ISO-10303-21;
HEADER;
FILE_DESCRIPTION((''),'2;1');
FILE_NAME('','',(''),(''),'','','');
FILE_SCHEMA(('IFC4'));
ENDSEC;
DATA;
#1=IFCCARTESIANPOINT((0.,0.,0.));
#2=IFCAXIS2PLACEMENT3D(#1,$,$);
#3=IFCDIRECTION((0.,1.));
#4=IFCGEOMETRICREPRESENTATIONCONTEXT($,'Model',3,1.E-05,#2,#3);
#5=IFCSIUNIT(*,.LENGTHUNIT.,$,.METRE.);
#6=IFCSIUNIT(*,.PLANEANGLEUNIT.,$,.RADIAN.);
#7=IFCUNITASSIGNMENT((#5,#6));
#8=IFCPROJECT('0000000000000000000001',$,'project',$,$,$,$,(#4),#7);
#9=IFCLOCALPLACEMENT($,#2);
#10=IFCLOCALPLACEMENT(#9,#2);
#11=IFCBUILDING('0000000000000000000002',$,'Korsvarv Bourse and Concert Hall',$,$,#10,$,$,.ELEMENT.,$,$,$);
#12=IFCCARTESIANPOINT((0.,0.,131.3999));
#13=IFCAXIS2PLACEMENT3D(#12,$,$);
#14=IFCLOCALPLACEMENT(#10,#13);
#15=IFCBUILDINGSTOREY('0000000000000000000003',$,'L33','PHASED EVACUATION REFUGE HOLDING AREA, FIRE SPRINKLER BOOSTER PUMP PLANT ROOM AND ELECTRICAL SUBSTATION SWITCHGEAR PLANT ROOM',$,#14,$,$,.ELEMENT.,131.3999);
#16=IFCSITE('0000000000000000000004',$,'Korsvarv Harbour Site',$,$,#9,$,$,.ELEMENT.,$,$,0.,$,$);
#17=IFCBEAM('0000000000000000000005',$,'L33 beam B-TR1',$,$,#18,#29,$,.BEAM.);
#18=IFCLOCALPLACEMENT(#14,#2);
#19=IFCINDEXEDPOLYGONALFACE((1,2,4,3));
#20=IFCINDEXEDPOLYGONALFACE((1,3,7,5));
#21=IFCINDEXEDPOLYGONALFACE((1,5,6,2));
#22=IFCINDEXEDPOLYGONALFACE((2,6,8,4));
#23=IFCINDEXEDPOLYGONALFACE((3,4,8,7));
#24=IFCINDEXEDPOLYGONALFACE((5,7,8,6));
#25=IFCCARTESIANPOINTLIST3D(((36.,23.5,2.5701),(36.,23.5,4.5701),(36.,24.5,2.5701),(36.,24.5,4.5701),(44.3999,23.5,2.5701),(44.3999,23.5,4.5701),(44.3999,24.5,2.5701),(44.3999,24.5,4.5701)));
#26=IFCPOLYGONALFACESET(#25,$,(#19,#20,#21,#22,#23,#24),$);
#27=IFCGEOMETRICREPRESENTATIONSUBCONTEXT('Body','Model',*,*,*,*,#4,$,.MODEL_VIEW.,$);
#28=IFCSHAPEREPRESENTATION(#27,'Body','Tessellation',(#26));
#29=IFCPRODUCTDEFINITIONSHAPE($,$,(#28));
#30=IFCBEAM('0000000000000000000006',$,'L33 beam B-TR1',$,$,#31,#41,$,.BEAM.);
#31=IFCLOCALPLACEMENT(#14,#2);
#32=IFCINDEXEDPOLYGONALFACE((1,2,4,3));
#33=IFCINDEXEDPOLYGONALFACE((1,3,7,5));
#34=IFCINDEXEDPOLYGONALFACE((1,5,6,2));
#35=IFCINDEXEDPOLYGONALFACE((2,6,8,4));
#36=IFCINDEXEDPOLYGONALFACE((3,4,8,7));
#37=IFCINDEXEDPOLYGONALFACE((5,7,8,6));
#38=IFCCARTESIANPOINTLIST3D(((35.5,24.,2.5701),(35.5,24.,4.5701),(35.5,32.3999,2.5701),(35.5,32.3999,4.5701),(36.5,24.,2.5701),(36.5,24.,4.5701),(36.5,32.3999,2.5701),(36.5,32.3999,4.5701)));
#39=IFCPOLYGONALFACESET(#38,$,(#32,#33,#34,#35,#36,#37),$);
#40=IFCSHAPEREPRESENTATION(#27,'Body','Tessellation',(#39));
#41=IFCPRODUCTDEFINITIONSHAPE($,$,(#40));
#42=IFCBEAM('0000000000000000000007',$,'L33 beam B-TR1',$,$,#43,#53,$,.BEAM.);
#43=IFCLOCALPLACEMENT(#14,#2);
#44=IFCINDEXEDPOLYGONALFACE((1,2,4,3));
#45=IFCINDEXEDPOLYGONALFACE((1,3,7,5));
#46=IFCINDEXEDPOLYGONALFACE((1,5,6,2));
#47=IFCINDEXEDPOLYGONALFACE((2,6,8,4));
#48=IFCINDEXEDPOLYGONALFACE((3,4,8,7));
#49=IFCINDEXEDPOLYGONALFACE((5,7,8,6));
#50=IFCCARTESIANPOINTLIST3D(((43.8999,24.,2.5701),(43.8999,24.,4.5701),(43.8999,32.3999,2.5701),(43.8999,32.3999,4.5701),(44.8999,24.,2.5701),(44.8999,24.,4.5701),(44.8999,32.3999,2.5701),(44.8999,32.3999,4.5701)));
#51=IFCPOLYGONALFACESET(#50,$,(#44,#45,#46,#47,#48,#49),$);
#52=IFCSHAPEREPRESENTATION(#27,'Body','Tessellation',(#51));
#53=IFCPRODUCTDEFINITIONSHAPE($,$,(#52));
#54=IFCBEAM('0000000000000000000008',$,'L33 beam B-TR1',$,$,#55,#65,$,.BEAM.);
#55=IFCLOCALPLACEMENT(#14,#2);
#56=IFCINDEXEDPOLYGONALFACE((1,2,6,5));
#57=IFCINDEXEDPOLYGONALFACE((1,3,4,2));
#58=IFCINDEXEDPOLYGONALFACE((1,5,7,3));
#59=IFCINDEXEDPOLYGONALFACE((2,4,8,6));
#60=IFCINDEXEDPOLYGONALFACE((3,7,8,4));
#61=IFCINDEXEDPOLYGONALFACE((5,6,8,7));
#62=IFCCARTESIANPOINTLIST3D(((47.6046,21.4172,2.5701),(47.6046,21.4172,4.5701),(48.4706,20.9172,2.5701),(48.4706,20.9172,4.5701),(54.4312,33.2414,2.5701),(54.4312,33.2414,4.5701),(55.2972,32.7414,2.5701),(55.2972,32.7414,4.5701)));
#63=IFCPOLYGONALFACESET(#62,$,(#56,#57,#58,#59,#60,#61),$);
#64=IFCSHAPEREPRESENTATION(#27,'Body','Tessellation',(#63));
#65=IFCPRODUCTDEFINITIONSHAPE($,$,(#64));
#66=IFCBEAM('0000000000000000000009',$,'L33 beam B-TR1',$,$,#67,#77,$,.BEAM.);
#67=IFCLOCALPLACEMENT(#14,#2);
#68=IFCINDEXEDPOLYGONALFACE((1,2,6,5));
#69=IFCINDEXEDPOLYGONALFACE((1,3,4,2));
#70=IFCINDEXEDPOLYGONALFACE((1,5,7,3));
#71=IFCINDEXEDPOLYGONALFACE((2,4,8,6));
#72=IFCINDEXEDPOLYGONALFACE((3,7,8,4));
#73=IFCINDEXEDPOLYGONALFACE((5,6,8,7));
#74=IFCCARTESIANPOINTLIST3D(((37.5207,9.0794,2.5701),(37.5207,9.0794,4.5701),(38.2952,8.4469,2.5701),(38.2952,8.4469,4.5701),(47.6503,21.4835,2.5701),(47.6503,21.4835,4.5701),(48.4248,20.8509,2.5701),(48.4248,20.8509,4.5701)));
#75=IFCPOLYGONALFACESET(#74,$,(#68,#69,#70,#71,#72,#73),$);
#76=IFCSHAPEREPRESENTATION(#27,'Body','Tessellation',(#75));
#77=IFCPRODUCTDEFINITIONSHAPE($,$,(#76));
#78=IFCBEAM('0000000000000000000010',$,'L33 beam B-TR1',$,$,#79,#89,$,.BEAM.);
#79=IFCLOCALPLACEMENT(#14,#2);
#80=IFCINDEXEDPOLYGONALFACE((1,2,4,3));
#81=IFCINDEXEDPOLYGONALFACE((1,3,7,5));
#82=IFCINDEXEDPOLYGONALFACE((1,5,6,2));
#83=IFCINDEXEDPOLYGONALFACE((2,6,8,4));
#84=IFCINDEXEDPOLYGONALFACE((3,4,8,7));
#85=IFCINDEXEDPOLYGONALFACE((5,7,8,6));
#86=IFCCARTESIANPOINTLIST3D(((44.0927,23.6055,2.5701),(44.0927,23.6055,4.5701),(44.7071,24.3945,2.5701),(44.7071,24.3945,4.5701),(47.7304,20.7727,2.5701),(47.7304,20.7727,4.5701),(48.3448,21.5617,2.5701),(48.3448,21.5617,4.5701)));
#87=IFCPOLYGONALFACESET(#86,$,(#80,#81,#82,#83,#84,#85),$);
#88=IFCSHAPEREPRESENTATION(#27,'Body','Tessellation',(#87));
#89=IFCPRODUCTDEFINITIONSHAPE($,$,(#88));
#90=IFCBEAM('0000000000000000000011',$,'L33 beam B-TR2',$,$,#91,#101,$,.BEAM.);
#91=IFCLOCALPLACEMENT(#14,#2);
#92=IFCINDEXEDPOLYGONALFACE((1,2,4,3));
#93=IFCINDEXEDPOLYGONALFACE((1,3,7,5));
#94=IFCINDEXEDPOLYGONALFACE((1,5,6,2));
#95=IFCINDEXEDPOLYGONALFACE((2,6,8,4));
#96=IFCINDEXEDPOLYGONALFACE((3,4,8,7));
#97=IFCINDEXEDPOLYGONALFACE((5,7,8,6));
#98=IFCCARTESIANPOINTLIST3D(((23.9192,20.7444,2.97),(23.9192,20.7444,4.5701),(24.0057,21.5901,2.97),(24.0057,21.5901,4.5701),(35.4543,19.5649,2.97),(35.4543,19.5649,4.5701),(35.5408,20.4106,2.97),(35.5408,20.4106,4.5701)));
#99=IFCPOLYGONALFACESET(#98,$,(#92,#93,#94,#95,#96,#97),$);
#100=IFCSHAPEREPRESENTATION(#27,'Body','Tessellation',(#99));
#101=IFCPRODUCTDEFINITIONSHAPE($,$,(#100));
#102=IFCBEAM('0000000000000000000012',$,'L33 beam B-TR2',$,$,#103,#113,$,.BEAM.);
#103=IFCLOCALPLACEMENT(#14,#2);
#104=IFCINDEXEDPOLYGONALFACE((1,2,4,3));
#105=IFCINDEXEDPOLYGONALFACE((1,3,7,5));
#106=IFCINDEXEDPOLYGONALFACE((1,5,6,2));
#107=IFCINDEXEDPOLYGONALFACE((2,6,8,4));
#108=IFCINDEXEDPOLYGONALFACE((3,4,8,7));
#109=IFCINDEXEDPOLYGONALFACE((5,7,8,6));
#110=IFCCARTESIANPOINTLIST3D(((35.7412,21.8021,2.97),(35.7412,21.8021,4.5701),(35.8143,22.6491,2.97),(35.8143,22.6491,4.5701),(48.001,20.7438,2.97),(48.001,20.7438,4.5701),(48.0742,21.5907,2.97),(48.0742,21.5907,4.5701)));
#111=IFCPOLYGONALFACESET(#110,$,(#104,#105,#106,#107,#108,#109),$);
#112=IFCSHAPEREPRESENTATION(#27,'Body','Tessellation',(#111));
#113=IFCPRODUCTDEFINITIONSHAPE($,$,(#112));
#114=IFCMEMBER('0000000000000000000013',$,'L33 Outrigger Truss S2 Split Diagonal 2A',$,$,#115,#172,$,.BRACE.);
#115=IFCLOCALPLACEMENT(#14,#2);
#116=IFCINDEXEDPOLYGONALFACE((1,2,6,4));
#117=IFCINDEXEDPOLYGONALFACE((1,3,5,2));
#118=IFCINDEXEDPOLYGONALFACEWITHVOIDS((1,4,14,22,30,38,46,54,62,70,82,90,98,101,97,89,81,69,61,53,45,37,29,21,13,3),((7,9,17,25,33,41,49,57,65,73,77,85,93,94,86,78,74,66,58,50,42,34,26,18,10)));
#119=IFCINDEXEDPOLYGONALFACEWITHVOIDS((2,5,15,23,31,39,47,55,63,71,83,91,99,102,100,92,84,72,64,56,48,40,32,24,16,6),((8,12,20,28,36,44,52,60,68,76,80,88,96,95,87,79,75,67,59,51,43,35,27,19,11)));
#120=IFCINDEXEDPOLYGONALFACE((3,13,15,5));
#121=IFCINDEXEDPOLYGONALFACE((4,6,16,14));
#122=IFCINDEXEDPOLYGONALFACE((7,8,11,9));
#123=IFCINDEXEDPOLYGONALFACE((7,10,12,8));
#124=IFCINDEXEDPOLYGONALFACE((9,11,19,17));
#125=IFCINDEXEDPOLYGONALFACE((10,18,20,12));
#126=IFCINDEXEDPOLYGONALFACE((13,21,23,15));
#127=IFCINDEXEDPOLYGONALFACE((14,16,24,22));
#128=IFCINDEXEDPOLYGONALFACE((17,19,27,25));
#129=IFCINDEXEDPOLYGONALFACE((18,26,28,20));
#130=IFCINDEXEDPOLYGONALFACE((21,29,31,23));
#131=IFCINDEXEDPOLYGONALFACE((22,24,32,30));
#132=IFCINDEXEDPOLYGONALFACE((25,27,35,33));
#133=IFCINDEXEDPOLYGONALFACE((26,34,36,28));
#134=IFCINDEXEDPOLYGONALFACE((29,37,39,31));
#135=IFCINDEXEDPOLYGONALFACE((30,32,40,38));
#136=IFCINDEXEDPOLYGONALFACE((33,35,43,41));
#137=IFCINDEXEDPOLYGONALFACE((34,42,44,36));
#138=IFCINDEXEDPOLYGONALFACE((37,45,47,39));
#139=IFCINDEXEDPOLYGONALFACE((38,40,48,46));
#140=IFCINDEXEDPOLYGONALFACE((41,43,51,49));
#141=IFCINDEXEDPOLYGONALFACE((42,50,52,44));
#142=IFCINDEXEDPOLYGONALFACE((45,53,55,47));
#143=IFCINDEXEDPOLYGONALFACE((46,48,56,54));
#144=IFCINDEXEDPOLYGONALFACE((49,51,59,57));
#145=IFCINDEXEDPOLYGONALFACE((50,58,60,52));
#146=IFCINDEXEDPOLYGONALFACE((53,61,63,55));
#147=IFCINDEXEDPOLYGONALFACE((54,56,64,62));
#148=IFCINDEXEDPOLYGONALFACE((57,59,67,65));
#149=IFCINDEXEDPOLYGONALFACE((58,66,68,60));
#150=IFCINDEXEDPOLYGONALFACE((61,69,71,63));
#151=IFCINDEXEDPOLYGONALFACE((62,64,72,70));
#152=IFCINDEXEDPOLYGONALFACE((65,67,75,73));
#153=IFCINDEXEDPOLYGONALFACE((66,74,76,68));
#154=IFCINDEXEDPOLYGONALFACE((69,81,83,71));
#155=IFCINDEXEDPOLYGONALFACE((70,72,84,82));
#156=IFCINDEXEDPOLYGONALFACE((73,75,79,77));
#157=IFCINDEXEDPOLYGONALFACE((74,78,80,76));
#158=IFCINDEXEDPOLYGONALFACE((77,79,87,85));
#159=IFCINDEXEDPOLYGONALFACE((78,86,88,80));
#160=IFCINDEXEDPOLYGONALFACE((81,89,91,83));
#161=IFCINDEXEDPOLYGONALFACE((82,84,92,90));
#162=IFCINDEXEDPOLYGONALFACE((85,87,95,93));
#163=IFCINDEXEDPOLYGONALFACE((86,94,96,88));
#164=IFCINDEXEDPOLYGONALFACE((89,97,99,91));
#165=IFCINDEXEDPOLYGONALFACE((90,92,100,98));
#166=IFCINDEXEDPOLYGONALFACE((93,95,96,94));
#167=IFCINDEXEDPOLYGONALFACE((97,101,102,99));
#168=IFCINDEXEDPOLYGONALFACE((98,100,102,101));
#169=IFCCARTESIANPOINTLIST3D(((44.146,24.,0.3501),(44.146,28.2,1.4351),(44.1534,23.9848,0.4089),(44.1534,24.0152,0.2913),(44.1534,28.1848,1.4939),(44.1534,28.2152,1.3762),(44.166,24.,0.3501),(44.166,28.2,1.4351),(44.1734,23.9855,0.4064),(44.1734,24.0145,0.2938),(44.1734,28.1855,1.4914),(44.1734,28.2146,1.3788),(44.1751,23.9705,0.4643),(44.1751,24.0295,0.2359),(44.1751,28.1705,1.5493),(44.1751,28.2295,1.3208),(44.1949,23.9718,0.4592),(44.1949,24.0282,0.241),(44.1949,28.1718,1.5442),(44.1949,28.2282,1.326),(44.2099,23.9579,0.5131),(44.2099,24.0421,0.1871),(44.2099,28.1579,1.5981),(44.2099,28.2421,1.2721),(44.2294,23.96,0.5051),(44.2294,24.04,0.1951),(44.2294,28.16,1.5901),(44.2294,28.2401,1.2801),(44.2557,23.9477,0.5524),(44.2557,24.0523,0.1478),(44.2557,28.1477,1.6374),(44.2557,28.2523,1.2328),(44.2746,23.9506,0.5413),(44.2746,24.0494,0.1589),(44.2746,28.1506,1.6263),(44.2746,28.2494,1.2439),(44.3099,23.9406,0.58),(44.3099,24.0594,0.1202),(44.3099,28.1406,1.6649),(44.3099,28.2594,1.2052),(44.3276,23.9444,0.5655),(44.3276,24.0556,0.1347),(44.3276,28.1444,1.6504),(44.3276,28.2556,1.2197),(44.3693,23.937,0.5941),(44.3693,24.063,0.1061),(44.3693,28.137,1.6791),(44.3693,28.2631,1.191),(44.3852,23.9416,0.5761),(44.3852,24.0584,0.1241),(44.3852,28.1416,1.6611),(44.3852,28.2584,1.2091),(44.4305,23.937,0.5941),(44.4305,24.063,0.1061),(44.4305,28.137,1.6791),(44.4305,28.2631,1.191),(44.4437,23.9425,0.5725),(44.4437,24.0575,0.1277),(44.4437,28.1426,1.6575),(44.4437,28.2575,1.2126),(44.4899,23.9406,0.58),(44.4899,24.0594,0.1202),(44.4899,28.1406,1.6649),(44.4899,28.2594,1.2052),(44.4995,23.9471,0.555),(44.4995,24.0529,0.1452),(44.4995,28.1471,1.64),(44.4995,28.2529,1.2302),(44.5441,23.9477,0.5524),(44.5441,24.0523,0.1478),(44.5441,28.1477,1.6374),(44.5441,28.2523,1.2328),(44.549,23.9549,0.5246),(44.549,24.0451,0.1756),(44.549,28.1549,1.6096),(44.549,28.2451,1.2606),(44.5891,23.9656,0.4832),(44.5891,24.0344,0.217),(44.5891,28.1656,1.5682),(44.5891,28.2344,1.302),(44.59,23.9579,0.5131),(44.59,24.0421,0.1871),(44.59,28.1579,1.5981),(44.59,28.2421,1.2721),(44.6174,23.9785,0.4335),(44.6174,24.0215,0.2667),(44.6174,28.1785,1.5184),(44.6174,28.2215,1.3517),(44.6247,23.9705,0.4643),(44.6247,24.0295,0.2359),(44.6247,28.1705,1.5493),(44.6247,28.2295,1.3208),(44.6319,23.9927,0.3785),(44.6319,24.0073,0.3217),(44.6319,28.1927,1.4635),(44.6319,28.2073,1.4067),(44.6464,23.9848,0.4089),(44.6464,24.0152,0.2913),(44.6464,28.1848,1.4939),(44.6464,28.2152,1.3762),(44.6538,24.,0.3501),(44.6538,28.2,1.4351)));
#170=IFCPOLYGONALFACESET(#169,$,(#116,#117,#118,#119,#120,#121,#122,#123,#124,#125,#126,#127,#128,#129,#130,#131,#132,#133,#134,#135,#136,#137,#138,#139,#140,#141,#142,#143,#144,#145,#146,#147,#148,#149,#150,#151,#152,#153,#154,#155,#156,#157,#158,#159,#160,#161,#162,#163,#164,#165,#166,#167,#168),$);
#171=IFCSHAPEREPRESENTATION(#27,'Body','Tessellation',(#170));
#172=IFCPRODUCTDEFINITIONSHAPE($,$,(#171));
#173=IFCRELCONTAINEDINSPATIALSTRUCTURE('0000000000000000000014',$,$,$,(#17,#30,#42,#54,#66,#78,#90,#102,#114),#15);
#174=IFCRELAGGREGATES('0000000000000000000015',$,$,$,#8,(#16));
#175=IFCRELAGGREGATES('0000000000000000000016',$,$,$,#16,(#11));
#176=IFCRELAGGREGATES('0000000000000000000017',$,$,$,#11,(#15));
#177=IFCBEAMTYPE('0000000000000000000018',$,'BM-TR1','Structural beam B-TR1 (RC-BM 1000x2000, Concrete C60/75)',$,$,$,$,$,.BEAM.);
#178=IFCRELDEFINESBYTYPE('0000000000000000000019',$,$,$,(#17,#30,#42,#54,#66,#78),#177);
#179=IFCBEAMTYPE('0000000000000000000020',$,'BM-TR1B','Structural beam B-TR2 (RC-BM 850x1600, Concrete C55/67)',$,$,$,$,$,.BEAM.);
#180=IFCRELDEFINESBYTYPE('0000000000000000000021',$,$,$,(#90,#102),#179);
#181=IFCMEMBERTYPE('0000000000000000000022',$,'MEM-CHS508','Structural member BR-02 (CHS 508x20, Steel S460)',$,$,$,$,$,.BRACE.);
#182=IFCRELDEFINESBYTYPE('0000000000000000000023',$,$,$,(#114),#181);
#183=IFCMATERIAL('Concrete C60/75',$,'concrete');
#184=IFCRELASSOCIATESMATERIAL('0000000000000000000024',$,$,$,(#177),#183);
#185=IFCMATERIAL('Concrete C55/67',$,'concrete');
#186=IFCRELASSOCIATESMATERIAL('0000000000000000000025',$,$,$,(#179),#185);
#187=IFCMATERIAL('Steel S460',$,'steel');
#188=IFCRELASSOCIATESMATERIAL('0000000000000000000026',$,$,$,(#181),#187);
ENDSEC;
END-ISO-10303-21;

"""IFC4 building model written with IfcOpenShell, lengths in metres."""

from ifc_helpers import new_model, si_unit, direction, frame, origin, origin_2d, place, context, subcontext, project, spatial, rectangle, hollow_circle, extrude, source, transform, mapped, material, material_profile, profile_set, type_object, element, save


model = new_model("IFC4")

# Units and contexts
model_context = context("Model", 3, precision=1e-05, world=origin(), true_north=direction((0.0, 1.0)))
body_context = subcontext(model_context, "Body", "Model", "MODEL_VIEW")
ifc_project = project(units=[si_unit("LENGTHUNIT", "METRE"), si_unit("PLANEANGLEUNIT", "RADIAN")], contexts=[model_context])

# Site, building, storey
site_placement = place(None, origin())
site = spatial("IfcSite", under=ifc_project, at=site_placement, Name="Korsvarv Harbour Site", CompositionType="ELEMENT", RefElevation=0.0)
building_placement = place(site_placement, origin())
building = spatial("IfcBuilding", under=site, at=building_placement, Name="Korsvarv Bourse and Concert Hall", CompositionType="ELEMENT")
storey_placement = place(building_placement, frame((0.0, 0.0, 131.3999)))
storey = spatial("IfcBuildingStorey", under=building, at=storey_placement, Name="L33", Description="PHASED EVACUATION REFUGE HOLDING AREA, FIRE SPRINKLER BOOSTER PUMP PLANT ROOM AND ELECTRICAL SUBSTATION SWITCHGEAR PLANT ROOM", CompositionType="ELEMENT", Elevation=131.3999)

# Shared definitions
ifc_material_1 = material(Name="Steel S460", Category="steel")

# Beams
ifc_material_2 = material(Name="Concrete C60/75", Category="concrete")
ifc_material_profile_1 = material_profile(ifc_material_2, rectangle(XDim=1.0, YDim=2.0, at=origin_2d()), Name="RC-BM 1000x2000")
ifc_profile_set_1 = profile_set([ifc_material_profile_1], Name="Concrete C60/75")
beam_type_1 = type_object("IfcBeamType", Name="BM-TR1", Description="Structural beam B-TR1 (RC-BM 1000x2000, Concrete C60/75)", PredefinedType="BEAM", material=ifc_profile_set_1)
shared_shape_1 = source(origin(), body_context, "Body", "SweptSolid", [
    extrude(rectangle(XDim=1.0, YDim=2.0, at=origin_2d()), origin(), (0.0, 0.0, 1.0), 8.3999),
])
for number, where, z_axis, x_axis, name in (
    (1, (36.0, 24.0, 3.5701), (1.0, 0.0, 0.0), (0.0, 1.0, 0.0), "L33 beam B-TR1"),
    (2, (36.0, 24.0, 3.5701), (0.0, 1.0, 0.0), (-1.0, 0.0, 0.0), "L33 beam B-TR1"),
    (3, (44.3999, 24.0, 3.5701), (0.0, 1.0, 0.0), (-1.0, 0.0, 0.0), "L33 beam B-TR1"),
):
    element("IfcBeam", number, at=place(storey_placement, frame(where, z_axis=z_axis, x_axis=x_axis)), inside=storey, type_object=beam_type_1, Name=name, PredefinedType="BEAM", context=body_context, shape_type="MappedRepresentation", body=[
        mapped(shared_shape_1, transform((0.0, 0.0, 0.0), scale=1.0)),
    ])
shared_shape_2 = source(origin(), body_context, "Body", "SweptSolid", [
    extrude(rectangle(XDim=1.0, YDim=2.0, at=origin_2d()), origin(), (0.0, 0.0, 1.0), 13.6533),
])
beam_1_placement = place(storey_placement, frame((48.0376, 21.1672, 3.5701), z_axis=(0.499997, 0.866027, 0.0), x_axis=(-0.866027, 0.499997, 0.0)))
element("IfcBeam", 4, at=beam_1_placement, inside=storey, type_object=beam_type_1, Name="L33 beam B-TR1", PredefinedType="BEAM", context=body_context, shape_type="MappedRepresentation", body=[
    mapped(shared_shape_2, transform((0.0, 0.0, 0.0), scale=1.0)),
])
shared_shape_3 = source(origin(), body_context, "Body", "SweptSolid", [
    extrude(rectangle(XDim=1.0, YDim=2.0, at=origin_2d()), origin(), (0.0, 0.0, 1.0), 16.0146),
])
beam_2_placement = place(storey_placement, frame((37.908, 8.7632, 3.5701), z_axis=(0.632522, 0.774542, 0.0), x_axis=(-0.774542, 0.632522, 0.0)))
element("IfcBeam", 5, at=beam_2_placement, inside=storey, type_object=beam_type_1, Name="L33 beam B-TR1", PredefinedType="BEAM", context=body_context, shape_type="MappedRepresentation", body=[
    mapped(shared_shape_3, transform((0.0, 0.0, 0.0), scale=1.0)),
])
shared_shape_4 = source(origin(), body_context, "Body", "SweptSolid", [
    extrude(rectangle(XDim=1.0, YDim=2.0, at=origin_2d()), origin(), (0.0, 0.0, 1.0), 4.6106),
])
beam_3_placement = place(storey_placement, frame((48.0376, 21.1672, 3.5701), z_axis=(-0.78899, 0.614406, 0.0), x_axis=(-0.614406, -0.78899, 0.0)))
element("IfcBeam", 6, at=beam_3_placement, inside=storey, type_object=beam_type_1, Name="L33 beam B-TR1", PredefinedType="BEAM", context=body_context, shape_type="MappedRepresentation", body=[
    mapped(shared_shape_4, transform((0.0, 0.0, 0.0), scale=1.0)),
])
ifc_material_3 = material(Name="Concrete C55/67", Category="concrete")
ifc_material_profile_2 = material_profile(ifc_material_3, rectangle(XDim=0.8501, YDim=1.6001, at=origin_2d()), Name="RC-BM 850x1600")
ifc_profile_set_2 = profile_set([ifc_material_profile_2], Name="Concrete C55/67")
beam_type_2 = type_object("IfcBeamType", Name="BM-TR1B", Description="Structural beam B-TR2 (RC-BM 850x1600, Concrete C55/67)", PredefinedType="BEAM", material=ifc_profile_set_2)
shared_shape_5 = source(origin(), body_context, "Body", "SweptSolid", [
    extrude(rectangle(XDim=0.8501, YDim=1.6001, at=origin_2d()), origin(), (0.0, 0.0, 1.0), 11.5952),
])
beam_4_placement = place(storey_placement, frame((35.4976, 19.9878, 3.77), z_axis=(-0.994813, 0.101717, 0.0), x_axis=(-0.101717, -0.994813, 0.0)))
element("IfcBeam", 7, at=beam_4_placement, inside=storey, type_object=beam_type_2, Name="L33 beam B-TR2", PredefinedType="BEAM", context=body_context, shape_type="MappedRepresentation", body=[
    mapped(shared_shape_5, transform((0.0, 0.0, 0.0), scale=1.0)),
])
shared_shape_6 = source(origin(), body_context, "Body", "SweptSolid", [
    extrude(rectangle(XDim=0.8501, YDim=1.6001, at=origin_2d()), origin(), (0.0, 0.0, 1.0), 12.3054),
])
beam_5_placement = place(storey_placement, frame((48.0376, 21.1672, 3.77), z_axis=(-0.996295, 0.086007, 0.0), x_axis=(-0.086007, -0.996295, 0.0)))
element("IfcBeam", 8, at=beam_5_placement, inside=storey, type_object=beam_type_2, Name="L33 beam B-TR2", PredefinedType="BEAM", context=body_context, shape_type="MappedRepresentation", body=[
    mapped(shared_shape_6, transform((0.0, 0.0, 0.0), scale=1.0)),
])

# Member
ifc_material_profile_3 = material_profile(ifc_material_1, hollow_circle(Radius=0.2539, WallThickness=0.02, at=origin_2d()), Name="CHS 508x20")
ifc_profile_set_3 = profile_set([ifc_material_profile_3], Name="Steel S460")
member_type_1 = type_object("IfcMemberType", Name="MEM-CHS508", Description="Structural member BR-02 (CHS 508x20, Steel S460)", PredefinedType="BRACE", material=ifc_profile_set_3)
shared_shape_7 = source(origin(), body_context, "Body", "SweptSolid", [
    extrude(hollow_circle(Radius=0.2539, WallThickness=0.02, at=origin_2d()), origin(), (0.0, 0.0, 1.0), 4.3379),
])
member_1_placement = place(storey_placement, frame((44.3999, 24.0, 0.3501), z_axis=(0.0, 0.968216, 0.250116), x_axis=(-1.0, 0.0, 0.0)))
element("IfcMember", 9, at=member_1_placement, inside=storey, type_object=member_type_1, Name="L33 Outrigger Truss S2 Split Diagonal 2A", PredefinedType="BRACE", context=body_context, shape_type="MappedRepresentation", body=[
    mapped(shared_shape_7, transform((0.0, 0.0, 0.0), scale=1.0)),
])

save(model, "model.ifc")
